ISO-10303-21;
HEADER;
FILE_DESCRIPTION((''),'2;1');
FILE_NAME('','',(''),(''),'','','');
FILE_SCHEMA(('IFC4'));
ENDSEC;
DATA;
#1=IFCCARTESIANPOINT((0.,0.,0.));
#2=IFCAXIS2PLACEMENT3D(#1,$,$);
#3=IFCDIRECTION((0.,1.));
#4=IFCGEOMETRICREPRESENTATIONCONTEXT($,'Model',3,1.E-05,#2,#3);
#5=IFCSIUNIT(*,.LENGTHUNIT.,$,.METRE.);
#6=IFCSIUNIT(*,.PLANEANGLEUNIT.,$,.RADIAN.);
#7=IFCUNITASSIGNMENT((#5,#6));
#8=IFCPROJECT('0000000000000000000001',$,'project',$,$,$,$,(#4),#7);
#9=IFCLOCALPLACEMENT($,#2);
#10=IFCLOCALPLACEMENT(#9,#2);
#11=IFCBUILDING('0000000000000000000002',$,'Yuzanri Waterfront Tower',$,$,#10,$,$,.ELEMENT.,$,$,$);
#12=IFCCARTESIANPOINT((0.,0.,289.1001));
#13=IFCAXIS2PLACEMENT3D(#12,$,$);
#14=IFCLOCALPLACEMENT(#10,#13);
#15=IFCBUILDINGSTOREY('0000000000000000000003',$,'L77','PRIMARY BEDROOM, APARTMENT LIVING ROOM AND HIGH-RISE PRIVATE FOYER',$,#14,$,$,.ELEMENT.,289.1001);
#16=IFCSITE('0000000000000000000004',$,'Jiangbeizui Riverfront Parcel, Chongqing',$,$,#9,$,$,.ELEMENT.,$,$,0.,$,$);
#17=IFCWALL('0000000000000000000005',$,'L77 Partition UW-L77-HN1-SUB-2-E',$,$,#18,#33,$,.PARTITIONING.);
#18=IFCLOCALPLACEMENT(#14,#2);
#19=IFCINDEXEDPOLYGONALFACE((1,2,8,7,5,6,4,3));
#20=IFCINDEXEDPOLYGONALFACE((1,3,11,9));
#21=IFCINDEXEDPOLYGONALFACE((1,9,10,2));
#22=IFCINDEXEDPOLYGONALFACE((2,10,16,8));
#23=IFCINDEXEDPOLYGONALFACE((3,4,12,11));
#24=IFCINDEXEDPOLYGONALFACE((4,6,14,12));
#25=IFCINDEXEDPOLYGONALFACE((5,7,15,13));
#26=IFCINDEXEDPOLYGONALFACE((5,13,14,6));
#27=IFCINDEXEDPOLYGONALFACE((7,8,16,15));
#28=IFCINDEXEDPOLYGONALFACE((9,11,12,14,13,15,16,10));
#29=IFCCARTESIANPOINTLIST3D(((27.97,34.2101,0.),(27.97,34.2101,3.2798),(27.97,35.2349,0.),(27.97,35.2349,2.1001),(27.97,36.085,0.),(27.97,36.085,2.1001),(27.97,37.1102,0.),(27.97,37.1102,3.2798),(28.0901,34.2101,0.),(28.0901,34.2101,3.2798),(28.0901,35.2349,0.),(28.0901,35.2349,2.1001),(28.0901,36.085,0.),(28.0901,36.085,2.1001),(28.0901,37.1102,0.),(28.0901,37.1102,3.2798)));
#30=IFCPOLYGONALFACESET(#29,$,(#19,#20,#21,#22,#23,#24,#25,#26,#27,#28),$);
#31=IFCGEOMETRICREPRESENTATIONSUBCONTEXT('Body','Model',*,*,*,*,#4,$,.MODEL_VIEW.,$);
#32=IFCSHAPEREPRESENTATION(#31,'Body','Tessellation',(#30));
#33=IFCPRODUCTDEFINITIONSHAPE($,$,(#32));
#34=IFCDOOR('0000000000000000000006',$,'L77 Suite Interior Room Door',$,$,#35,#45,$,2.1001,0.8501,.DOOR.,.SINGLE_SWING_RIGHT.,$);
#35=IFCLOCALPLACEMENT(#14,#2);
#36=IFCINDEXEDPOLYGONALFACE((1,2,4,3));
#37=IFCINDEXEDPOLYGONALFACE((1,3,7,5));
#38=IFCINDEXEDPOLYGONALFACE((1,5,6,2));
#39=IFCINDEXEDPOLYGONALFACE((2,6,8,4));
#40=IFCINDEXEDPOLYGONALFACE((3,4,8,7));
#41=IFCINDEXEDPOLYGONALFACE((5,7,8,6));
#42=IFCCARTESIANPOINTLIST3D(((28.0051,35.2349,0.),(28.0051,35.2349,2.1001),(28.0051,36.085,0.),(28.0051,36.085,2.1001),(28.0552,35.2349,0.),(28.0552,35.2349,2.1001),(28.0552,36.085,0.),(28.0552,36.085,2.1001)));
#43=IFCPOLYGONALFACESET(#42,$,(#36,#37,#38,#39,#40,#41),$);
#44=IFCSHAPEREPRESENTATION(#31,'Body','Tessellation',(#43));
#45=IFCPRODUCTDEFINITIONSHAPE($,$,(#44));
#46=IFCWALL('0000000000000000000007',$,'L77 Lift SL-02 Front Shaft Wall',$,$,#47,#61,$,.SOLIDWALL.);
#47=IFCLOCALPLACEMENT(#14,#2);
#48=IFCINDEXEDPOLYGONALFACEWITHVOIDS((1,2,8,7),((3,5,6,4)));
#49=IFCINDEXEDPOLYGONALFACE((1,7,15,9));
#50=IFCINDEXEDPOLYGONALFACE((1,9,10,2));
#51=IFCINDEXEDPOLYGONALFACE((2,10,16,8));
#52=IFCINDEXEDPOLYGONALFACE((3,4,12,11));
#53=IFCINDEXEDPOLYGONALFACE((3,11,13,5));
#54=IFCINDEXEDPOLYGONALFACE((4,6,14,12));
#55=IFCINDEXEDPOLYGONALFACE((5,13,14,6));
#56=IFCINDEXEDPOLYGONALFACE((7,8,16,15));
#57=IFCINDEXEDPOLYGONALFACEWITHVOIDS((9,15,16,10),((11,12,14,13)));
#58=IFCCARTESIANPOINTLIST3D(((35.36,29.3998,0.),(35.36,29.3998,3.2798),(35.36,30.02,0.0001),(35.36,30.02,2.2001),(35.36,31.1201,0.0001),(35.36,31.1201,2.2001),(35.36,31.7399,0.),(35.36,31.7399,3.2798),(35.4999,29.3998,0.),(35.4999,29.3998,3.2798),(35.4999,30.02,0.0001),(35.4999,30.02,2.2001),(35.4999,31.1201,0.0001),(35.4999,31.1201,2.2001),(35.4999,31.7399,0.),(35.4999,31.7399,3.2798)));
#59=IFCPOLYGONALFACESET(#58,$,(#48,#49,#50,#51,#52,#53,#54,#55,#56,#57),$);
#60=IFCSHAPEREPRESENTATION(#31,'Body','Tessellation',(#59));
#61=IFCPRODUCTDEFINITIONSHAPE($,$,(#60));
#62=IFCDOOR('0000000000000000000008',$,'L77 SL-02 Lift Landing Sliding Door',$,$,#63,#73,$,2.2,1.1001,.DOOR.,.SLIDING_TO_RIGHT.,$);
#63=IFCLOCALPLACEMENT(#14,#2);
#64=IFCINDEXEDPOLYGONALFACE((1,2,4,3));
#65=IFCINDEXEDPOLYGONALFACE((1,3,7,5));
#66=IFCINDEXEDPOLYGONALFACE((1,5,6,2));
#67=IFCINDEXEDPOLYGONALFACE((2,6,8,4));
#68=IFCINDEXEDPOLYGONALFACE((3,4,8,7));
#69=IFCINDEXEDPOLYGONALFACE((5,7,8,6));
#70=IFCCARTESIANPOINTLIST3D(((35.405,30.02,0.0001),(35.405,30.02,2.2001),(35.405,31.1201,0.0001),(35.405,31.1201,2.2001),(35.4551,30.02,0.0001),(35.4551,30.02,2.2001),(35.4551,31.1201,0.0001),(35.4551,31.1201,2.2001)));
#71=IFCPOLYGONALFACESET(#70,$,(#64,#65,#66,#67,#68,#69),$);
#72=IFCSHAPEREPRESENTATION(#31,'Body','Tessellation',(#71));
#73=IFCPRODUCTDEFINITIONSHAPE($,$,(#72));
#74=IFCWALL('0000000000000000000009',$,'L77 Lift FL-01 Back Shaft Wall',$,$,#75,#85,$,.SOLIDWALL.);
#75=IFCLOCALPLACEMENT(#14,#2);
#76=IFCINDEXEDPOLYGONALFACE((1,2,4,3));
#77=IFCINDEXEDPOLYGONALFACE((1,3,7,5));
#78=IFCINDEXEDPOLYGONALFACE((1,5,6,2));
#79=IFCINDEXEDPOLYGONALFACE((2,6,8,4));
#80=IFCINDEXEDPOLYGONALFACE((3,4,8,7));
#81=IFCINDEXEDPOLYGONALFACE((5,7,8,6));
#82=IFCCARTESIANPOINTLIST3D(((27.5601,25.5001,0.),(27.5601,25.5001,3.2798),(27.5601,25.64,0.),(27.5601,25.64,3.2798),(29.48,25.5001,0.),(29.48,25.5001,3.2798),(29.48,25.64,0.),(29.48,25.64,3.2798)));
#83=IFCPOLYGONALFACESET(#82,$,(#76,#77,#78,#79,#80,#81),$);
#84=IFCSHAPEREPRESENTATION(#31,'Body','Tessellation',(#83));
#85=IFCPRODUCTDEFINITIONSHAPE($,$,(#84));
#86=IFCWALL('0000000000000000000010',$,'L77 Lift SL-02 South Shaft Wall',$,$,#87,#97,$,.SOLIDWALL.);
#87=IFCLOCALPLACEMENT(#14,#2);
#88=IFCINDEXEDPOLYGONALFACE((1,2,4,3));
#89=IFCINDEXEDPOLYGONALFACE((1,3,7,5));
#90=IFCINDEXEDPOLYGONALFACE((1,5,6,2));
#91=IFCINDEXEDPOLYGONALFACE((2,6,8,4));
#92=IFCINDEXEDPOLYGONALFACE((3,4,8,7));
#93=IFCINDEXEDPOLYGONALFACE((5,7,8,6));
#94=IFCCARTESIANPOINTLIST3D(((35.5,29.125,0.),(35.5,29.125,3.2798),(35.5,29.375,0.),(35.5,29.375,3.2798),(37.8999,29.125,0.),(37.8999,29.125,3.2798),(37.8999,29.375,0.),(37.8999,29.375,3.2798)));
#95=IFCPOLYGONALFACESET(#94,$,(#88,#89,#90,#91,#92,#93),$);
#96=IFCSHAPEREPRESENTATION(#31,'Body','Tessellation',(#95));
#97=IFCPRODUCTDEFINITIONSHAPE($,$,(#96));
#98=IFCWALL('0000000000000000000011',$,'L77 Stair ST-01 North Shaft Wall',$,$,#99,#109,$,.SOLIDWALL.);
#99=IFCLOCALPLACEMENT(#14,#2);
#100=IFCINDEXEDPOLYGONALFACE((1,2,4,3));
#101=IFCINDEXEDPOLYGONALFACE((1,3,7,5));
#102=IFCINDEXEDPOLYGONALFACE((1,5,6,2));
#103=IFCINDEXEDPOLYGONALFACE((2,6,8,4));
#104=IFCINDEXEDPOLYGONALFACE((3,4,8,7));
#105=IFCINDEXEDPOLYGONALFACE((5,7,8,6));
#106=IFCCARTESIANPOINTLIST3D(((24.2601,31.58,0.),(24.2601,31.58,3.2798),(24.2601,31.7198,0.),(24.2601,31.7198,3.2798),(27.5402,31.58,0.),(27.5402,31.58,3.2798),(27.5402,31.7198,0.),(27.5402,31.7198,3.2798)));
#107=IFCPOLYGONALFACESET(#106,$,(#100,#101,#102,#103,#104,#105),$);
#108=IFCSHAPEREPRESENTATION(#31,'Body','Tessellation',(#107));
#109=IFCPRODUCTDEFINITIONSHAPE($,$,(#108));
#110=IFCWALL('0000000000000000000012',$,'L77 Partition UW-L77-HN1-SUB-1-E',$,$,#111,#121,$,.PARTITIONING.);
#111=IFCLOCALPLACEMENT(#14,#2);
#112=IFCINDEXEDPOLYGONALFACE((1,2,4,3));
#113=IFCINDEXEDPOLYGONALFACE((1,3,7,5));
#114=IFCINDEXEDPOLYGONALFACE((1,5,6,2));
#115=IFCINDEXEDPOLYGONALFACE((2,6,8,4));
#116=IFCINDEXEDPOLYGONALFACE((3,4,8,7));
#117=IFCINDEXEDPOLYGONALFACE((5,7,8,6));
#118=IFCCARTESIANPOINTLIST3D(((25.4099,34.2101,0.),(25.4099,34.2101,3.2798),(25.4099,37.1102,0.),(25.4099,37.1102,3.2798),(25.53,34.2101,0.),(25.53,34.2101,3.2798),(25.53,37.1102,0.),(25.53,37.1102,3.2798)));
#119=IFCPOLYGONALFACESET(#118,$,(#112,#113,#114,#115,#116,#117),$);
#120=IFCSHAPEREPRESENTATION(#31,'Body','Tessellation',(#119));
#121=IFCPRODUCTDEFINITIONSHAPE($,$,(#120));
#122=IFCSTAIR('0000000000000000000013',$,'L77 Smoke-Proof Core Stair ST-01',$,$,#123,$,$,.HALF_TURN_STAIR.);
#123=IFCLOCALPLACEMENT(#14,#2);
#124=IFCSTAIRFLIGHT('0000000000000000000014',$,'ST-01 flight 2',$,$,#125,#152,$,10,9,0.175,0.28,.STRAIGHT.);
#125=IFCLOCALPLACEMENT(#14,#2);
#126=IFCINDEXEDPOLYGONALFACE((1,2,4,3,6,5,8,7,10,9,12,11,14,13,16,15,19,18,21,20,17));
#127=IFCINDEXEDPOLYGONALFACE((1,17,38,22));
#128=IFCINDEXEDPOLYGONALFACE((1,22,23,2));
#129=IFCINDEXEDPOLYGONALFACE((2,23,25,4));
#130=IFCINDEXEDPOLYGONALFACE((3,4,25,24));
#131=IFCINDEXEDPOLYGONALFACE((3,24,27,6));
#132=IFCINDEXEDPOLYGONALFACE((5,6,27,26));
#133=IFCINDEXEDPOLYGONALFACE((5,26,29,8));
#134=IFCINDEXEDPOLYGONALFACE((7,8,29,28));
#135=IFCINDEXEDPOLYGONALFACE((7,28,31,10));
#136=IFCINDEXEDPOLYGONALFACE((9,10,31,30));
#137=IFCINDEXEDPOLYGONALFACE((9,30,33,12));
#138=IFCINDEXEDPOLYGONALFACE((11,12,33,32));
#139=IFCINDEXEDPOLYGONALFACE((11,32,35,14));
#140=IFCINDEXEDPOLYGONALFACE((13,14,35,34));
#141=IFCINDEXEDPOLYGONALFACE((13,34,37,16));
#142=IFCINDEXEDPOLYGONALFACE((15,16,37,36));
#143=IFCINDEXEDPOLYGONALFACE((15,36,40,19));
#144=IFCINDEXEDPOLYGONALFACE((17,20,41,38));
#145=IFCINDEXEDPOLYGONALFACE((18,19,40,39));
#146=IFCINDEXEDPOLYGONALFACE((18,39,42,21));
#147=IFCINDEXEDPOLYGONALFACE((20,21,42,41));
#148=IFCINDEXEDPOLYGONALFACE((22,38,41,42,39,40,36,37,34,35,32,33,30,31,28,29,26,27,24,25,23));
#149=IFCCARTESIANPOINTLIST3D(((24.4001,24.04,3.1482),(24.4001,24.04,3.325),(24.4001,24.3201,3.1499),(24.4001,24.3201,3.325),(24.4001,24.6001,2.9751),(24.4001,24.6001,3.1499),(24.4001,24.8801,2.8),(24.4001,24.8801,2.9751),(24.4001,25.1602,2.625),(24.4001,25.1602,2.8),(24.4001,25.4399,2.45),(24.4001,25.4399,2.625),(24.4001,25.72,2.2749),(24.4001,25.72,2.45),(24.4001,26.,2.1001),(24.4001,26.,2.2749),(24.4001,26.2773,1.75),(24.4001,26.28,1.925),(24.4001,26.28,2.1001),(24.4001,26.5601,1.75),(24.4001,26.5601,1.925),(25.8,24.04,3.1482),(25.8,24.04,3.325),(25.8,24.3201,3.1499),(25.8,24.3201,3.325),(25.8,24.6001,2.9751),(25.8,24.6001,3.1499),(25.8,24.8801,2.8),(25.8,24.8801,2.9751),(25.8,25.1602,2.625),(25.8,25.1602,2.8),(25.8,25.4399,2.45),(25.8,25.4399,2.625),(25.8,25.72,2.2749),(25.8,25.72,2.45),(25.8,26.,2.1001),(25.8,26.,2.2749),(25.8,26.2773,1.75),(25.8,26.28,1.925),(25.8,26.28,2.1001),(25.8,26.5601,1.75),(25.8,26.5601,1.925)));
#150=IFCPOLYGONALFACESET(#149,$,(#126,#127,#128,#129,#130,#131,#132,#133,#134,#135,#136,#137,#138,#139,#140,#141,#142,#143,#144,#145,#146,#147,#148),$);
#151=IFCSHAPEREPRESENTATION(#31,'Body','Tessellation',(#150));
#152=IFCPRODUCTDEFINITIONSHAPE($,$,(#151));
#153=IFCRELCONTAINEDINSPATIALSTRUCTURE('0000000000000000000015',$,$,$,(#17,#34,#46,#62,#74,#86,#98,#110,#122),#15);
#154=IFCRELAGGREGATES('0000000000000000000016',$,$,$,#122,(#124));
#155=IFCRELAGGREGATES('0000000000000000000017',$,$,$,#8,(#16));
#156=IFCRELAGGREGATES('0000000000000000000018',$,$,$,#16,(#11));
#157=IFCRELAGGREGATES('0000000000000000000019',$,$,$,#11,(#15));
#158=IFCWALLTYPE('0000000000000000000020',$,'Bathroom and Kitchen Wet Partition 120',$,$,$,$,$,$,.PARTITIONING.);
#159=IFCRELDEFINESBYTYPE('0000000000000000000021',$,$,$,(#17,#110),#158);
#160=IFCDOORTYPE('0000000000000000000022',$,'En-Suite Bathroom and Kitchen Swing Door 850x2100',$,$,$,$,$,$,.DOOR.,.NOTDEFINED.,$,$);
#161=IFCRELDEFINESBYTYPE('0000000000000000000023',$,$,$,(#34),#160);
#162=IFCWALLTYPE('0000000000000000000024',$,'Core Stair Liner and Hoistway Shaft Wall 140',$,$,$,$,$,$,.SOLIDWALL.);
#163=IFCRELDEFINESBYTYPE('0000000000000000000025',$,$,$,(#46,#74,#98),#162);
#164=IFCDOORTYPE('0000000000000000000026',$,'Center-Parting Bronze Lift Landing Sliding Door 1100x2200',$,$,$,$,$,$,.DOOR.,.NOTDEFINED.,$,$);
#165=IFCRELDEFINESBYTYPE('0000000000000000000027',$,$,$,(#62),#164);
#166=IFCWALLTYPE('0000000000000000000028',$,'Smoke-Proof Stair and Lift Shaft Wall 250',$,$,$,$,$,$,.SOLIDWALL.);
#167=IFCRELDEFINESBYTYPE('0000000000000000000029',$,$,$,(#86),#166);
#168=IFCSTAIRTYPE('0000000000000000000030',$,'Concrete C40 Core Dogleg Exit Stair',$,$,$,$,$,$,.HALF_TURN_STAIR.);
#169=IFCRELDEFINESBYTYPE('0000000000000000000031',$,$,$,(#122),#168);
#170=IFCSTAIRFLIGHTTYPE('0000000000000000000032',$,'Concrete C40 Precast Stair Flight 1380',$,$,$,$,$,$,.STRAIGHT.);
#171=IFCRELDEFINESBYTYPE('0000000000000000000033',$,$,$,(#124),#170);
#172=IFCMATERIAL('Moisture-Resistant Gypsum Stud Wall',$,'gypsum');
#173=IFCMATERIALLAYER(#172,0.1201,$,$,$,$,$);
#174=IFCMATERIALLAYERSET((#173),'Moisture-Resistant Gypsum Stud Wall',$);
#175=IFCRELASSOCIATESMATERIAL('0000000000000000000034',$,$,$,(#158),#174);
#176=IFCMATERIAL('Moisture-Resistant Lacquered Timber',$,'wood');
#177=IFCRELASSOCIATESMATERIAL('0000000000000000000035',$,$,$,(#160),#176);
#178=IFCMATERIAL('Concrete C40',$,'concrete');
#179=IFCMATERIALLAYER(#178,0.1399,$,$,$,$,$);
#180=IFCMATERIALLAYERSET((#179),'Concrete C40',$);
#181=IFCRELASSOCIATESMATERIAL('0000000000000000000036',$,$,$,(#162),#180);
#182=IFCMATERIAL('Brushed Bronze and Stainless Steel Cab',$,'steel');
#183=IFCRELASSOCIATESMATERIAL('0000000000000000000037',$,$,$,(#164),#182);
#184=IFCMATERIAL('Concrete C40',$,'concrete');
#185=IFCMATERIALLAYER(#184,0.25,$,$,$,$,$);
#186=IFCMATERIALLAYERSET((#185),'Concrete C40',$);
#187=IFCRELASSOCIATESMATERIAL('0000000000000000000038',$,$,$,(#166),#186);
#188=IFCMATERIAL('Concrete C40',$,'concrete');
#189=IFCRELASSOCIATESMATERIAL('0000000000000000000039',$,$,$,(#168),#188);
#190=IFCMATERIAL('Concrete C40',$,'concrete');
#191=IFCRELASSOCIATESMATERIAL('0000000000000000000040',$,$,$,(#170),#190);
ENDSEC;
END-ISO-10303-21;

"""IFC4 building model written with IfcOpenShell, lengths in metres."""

from ifc_helpers import new_model, si_unit, direction, frame, frame_2d, origin, place, context, subcontext, project, spatial, polyline, rectangle, outline, extrude, source, transform, mapped, material, layer, layer_set, type_object, element, fill, aggregate, save


model = new_model("IFC4")

# Units and contexts
model_context = context("Model", 3, precision=1e-05, world=origin(), true_north=direction((0.0, 1.0)))
body_context = subcontext(model_context, "Body", "Model", "MODEL_VIEW")
ifc_project = project(units=[si_unit("LENGTHUNIT", "METRE"), si_unit("PLANEANGLEUNIT", "RADIAN")], contexts=[model_context])

# Site, building, storey
site_placement = place(None, origin())
site = spatial("IfcSite", under=ifc_project, at=site_placement, Name="Jiangbeizui Riverfront Parcel, Chongqing", CompositionType="ELEMENT", RefElevation=0.0)
building_placement = place(site_placement, origin())
building = spatial("IfcBuilding", under=site, at=building_placement, Name="Yuzanri Waterfront Tower", CompositionType="ELEMENT")
storey_placement = place(building_placement, frame((0.0, 0.0, 289.1001)))
storey = spatial("IfcBuildingStorey", under=building, at=storey_placement, Name="L77", Description="PRIMARY BEDROOM, APARTMENT LIVING ROOM AND HIGH-RISE PRIVATE FOYER", CompositionType="ELEMENT", Elevation=289.1001)

# Walls, openings, doors
ifc_material_1 = material(Name="Moisture-Resistant Gypsum Stud Wall", Category="gypsum")
ifc_layer_1 = layer(ifc_material_1, 0.1201)
ifc_layer_set_1 = layer_set([ifc_layer_1], Name="Moisture-Resistant Gypsum Stud Wall")
wall_type_1 = type_object("IfcWallType", Name="Bathroom and Kitchen Wet Partition 120", PredefinedType="PARTITIONING", material=ifc_layer_set_1)
wall_1_placement = place(storey_placement, frame((28.03, 34.21, 0.0), z_axis=(0.0, 0.0, 1.0), x_axis=(0.0, 1.0, 0.0)))
wall_1 = element("IfcWall", 1, at=wall_1_placement, inside=storey, type_object=wall_type_1, Name="L77 Partition UW-L77-HN1-SUB-2-E", PredefinedType="PARTITIONING", context=body_context, shape_type="SweptSolid", body=[
    extrude(rectangle(XDim=2.9001, YDim=0.1201, at=frame_2d((1.4502, 0.0))), origin(), (0.0, 0.0, 1.0), 3.2798),
])
opening_1_placement = place(wall_1_placement, frame((1.0249, 0.0, 0.0)))
opening_1 = element("IfcOpeningElement", 2, at=opening_1_placement, cuts=wall_1, PredefinedType="OPENING", context=body_context, shape_type="SweptSolid", body=[
    extrude(rectangle(XDim=0.8501, YDim=2.1001, at=frame_2d((0.425, 1.05))), frame((0.0, 0.075, 0.0), z_axis=(0.0, -1.0, 0.0), x_axis=(1.0, 0.0, 0.0)), (0.0, 0.0, 1.0), 0.1499),
])
ifc_material_2 = material(Name="Moisture-Resistant Lacquered Timber", Category="wood")
door_type_1 = type_object("IfcDoorType", Name="En-Suite Bathroom and Kitchen Swing Door 850x2100", OperationType="NOTDEFINED", PredefinedType="DOOR", material=ifc_material_2)
shared_shape_1 = source(origin(), body_context, "Body", "SweptSolid", [
    extrude(rectangle(XDim=0.8501, YDim=2.1001, at=frame_2d((0.425, 1.05))), frame((0.0, 0.0249, 0.0), z_axis=(0.0, -1.0, 0.0), x_axis=(1.0, 0.0, 0.0)), (0.0, 0.0, 1.0), 0.05),
])
door_1_placement = place(opening_1_placement, origin())
door_1 = element("IfcDoor", 3, at=door_1_placement, inside=storey, type_object=door_type_1, Name="L77 Suite Interior Room Door", OperationType="SINGLE_SWING_RIGHT", OverallHeight=2.1001, OverallWidth=0.8501, PredefinedType="DOOR", context=body_context, shape_type="MappedRepresentation", body=[
    mapped(shared_shape_1, transform((0.0, 0.0, 0.0), scale=1.0)),
])
fill(opening_1, door_1)
ifc_material_3 = material(Name="Concrete C40", Category="concrete")
ifc_layer_2 = layer(ifc_material_3, 0.1399)
ifc_layer_set_2 = layer_set([ifc_layer_2], Name="Concrete C40")
wall_type_2 = type_object("IfcWallType", Name="Core Stair Liner and Hoistway Shaft Wall 140", PredefinedType="SOLIDWALL", material=ifc_layer_set_2)
wall_2_placement = place(storey_placement, frame((35.4299, 29.3999, 0.0), z_axis=(0.0, 0.0, 1.0), x_axis=(0.0, 1.0, 0.0)))
wall_2 = element("IfcWall", 4, at=wall_2_placement, inside=storey, type_object=wall_type_2, Name="L77 Lift SL-02 Front Shaft Wall", PredefinedType="SOLIDWALL", context=body_context, shape_type="SweptSolid", body=[
    extrude(rectangle(XDim=2.3401, YDim=0.1399, at=frame_2d((1.1699, 0.0))), origin(), (0.0, 0.0, 1.0), 3.2798),
])
opening_2_placement = place(wall_2_placement, frame((0.6201, 0.0, 0.0)))
opening_2 = element("IfcOpeningElement", 5, at=opening_2_placement, cuts=wall_2, PredefinedType="OPENING", context=body_context, shape_type="SweptSolid", body=[
    extrude(rectangle(XDim=1.1001, YDim=2.2, at=frame_2d((0.55, 1.1001))), frame((0.0, 0.085, 0.0), z_axis=(0.0, -1.0, 0.0), x_axis=(1.0, 0.0, 0.0)), (0.0, 0.0, 1.0), 0.1697),
])
ifc_material_4 = material(Name="Brushed Bronze and Stainless Steel Cab", Category="steel")
door_type_2 = type_object("IfcDoorType", Name="Center-Parting Bronze Lift Landing Sliding Door 1100x2200", OperationType="NOTDEFINED", PredefinedType="DOOR", material=ifc_material_4)
shared_shape_2 = source(origin(), body_context, "Body", "SweptSolid", [
    extrude(rectangle(XDim=1.1001, YDim=2.2, at=frame_2d((0.55, 1.1001))), frame((0.0, 0.0249, 0.0), z_axis=(0.0, -1.0, 0.0), x_axis=(1.0, 0.0, 0.0)), (0.0, 0.0, 1.0), 0.05),
])
door_2_placement = place(opening_2_placement, origin())
door_2 = element("IfcDoor", 6, at=door_2_placement, inside=storey, type_object=door_type_2, Name="L77 SL-02 Lift Landing Sliding Door", OperationType="SLIDING_TO_RIGHT", OverallHeight=2.2, OverallWidth=1.1001, PredefinedType="DOOR", context=body_context, shape_type="MappedRepresentation", body=[
    mapped(shared_shape_2, transform((0.0, 0.0, 0.0), scale=1.0)),
])
fill(opening_2, door_2)

# Walls
shared_shape_3 = source(origin(), body_context, "Body", "SweptSolid", [
    extrude(rectangle(XDim=1.9199, YDim=0.1399, at=frame_2d((0.96, 0.0))), origin(), (0.0, 0.0, 1.0), 3.2798),
])
wall_3_placement = place(storey_placement, frame((27.5601, 25.5701, 0.0), z_axis=(0.0, 0.0, 1.0), x_axis=(1.0, 0.0, 0.0)))
element("IfcWall", 7, at=wall_3_placement, inside=storey, type_object=wall_type_2, Name="L77 Lift FL-01 Back Shaft Wall", PredefinedType="SOLIDWALL", context=body_context, shape_type="MappedRepresentation", body=[
    mapped(shared_shape_3, transform((0.0, 0.0, 0.0), scale=1.0)),
])
ifc_material_5 = material(Name="Concrete C40", Category="concrete")
ifc_layer_3 = layer(ifc_material_5, 0.25)
ifc_layer_set_3 = layer_set([ifc_layer_3], Name="Concrete C40")
wall_type_3 = type_object("IfcWallType", Name="Smoke-Proof Stair and Lift Shaft Wall 250", PredefinedType="SOLIDWALL", material=ifc_layer_set_3)
shared_shape_4 = source(origin(), body_context, "Body", "SweptSolid", [
    extrude(rectangle(XDim=2.3999, YDim=0.25, at=frame_2d((1.2, 0.0))), origin(), (0.0, 0.0, 1.0), 3.2798),
])
wall_4_placement = place(storey_placement, frame((35.5, 29.25, 0.0), z_axis=(0.0, 0.0, 1.0), x_axis=(1.0, 0.0, 0.0)))
element("IfcWall", 8, at=wall_4_placement, inside=storey, type_object=wall_type_3, Name="L77 Lift SL-02 South Shaft Wall", PredefinedType="SOLIDWALL", context=body_context, shape_type="MappedRepresentation", body=[
    mapped(shared_shape_4, transform((0.0, 0.0, 0.0), scale=1.0)),
])
shared_shape_5 = source(origin(), body_context, "Body", "SweptSolid", [
    extrude(rectangle(XDim=3.28, YDim=0.1399, at=frame_2d((1.6401, 0.0))), origin(), (0.0, 0.0, 1.0), 3.2798),
])
wall_5_placement = place(storey_placement, frame((24.26, 31.6499, 0.0), z_axis=(0.0, 0.0, 1.0), x_axis=(1.0, 0.0, 0.0)))
element("IfcWall", 9, at=wall_5_placement, inside=storey, type_object=wall_type_2, Name="L77 Stair ST-01 North Shaft Wall", PredefinedType="SOLIDWALL", context=body_context, shape_type="MappedRepresentation", body=[
    mapped(shared_shape_5, transform((0.0, 0.0, 0.0), scale=1.0)),
])
shared_shape_6 = source(origin(), body_context, "Body", "SweptSolid", [
    extrude(rectangle(XDim=2.9001, YDim=0.1201, at=frame_2d((1.4502, 0.0))), origin(), (0.0, 0.0, 1.0), 3.2798),
])
wall_6_placement = place(storey_placement, frame((25.47, 34.21, 0.0), z_axis=(0.0, 0.0, 1.0), x_axis=(0.0, 1.0, 0.0)))
element("IfcWall", 10, at=wall_6_placement, inside=storey, type_object=wall_type_1, Name="L77 Partition UW-L77-HN1-SUB-1-E", PredefinedType="PARTITIONING", context=body_context, shape_type="MappedRepresentation", body=[
    mapped(shared_shape_6, transform((0.0, 0.0, 0.0), scale=1.0)),
])

# Stair, stair flight
ifc_material_6 = material(Name="Concrete C40", Category="concrete")
stair_type = type_object("IfcStairType", Name="Concrete C40 Core Dogleg Exit Stair", PredefinedType="HALF_TURN_STAIR", material=ifc_material_6)
stair_placement = place(storey_placement, origin())
stair = element("IfcStair", 11, at=stair_placement, inside=storey, type_object=stair_type, Name="L77 Smoke-Proof Core Stair ST-01", PredefinedType="HALF_TURN_STAIR")
ifc_material_7 = material(Name="Concrete C40", Category="concrete")
stair_flight_type = type_object("IfcStairFlightType", Name="Concrete C40 Precast Stair Flight 1380", PredefinedType="STRAIGHT", material=ifc_material_7)
shared_shape_7 = source(origin(), body_context, "Body", "SweptSolid", [
    extrude(outline(polyline([(0.0, 0.0), (0.0, 0.175), (0.28, 0.175), (0.28, 0.3501), (0.5601, 0.3501), (0.5601, 0.5249), (0.8401, 0.5249), (0.8401, 0.7), (1.1201, 0.7), (1.1201, 0.875), (1.3999, 0.875), (1.3999, 1.05), (1.6799, 1.05), (1.6799, 1.2251), (1.96, 1.2251), (1.96, 1.3999), (2.24, 1.3999), (2.24, 1.575), (2.52, 1.575), (2.52, 1.75), (2.52, 1.3982), (0.2827, 0.0), (0.0, 0.0)])), frame((0.0, 0.7, 0.0), z_axis=(0.0, -1.0, 0.0), x_axis=(1.0, 0.0, 0.0)), (0.0, 0.0, 1.0), 1.3999),
])
stair_flight_placement = place(storey_placement, frame((25.1001, 26.5601, 1.75), z_axis=(0.0, 0.0, 1.0), x_axis=(0.0, -1.0, 0.0)))
stair_flight = element("IfcStairFlight", 12, at=stair_flight_placement, type_object=stair_flight_type, Name="ST-01 flight 2", NumberOfRisers=10, NumberOfTreads=9, PredefinedType="STRAIGHT", RiserHeight=0.175, TreadLength=0.28, context=body_context, shape_type="MappedRepresentation", body=[
    mapped(shared_shape_7, transform((0.0, 0.0, 0.0), scale=1.0)),
])
aggregate(stair, [stair_flight])

save(model, "model.ifc")
